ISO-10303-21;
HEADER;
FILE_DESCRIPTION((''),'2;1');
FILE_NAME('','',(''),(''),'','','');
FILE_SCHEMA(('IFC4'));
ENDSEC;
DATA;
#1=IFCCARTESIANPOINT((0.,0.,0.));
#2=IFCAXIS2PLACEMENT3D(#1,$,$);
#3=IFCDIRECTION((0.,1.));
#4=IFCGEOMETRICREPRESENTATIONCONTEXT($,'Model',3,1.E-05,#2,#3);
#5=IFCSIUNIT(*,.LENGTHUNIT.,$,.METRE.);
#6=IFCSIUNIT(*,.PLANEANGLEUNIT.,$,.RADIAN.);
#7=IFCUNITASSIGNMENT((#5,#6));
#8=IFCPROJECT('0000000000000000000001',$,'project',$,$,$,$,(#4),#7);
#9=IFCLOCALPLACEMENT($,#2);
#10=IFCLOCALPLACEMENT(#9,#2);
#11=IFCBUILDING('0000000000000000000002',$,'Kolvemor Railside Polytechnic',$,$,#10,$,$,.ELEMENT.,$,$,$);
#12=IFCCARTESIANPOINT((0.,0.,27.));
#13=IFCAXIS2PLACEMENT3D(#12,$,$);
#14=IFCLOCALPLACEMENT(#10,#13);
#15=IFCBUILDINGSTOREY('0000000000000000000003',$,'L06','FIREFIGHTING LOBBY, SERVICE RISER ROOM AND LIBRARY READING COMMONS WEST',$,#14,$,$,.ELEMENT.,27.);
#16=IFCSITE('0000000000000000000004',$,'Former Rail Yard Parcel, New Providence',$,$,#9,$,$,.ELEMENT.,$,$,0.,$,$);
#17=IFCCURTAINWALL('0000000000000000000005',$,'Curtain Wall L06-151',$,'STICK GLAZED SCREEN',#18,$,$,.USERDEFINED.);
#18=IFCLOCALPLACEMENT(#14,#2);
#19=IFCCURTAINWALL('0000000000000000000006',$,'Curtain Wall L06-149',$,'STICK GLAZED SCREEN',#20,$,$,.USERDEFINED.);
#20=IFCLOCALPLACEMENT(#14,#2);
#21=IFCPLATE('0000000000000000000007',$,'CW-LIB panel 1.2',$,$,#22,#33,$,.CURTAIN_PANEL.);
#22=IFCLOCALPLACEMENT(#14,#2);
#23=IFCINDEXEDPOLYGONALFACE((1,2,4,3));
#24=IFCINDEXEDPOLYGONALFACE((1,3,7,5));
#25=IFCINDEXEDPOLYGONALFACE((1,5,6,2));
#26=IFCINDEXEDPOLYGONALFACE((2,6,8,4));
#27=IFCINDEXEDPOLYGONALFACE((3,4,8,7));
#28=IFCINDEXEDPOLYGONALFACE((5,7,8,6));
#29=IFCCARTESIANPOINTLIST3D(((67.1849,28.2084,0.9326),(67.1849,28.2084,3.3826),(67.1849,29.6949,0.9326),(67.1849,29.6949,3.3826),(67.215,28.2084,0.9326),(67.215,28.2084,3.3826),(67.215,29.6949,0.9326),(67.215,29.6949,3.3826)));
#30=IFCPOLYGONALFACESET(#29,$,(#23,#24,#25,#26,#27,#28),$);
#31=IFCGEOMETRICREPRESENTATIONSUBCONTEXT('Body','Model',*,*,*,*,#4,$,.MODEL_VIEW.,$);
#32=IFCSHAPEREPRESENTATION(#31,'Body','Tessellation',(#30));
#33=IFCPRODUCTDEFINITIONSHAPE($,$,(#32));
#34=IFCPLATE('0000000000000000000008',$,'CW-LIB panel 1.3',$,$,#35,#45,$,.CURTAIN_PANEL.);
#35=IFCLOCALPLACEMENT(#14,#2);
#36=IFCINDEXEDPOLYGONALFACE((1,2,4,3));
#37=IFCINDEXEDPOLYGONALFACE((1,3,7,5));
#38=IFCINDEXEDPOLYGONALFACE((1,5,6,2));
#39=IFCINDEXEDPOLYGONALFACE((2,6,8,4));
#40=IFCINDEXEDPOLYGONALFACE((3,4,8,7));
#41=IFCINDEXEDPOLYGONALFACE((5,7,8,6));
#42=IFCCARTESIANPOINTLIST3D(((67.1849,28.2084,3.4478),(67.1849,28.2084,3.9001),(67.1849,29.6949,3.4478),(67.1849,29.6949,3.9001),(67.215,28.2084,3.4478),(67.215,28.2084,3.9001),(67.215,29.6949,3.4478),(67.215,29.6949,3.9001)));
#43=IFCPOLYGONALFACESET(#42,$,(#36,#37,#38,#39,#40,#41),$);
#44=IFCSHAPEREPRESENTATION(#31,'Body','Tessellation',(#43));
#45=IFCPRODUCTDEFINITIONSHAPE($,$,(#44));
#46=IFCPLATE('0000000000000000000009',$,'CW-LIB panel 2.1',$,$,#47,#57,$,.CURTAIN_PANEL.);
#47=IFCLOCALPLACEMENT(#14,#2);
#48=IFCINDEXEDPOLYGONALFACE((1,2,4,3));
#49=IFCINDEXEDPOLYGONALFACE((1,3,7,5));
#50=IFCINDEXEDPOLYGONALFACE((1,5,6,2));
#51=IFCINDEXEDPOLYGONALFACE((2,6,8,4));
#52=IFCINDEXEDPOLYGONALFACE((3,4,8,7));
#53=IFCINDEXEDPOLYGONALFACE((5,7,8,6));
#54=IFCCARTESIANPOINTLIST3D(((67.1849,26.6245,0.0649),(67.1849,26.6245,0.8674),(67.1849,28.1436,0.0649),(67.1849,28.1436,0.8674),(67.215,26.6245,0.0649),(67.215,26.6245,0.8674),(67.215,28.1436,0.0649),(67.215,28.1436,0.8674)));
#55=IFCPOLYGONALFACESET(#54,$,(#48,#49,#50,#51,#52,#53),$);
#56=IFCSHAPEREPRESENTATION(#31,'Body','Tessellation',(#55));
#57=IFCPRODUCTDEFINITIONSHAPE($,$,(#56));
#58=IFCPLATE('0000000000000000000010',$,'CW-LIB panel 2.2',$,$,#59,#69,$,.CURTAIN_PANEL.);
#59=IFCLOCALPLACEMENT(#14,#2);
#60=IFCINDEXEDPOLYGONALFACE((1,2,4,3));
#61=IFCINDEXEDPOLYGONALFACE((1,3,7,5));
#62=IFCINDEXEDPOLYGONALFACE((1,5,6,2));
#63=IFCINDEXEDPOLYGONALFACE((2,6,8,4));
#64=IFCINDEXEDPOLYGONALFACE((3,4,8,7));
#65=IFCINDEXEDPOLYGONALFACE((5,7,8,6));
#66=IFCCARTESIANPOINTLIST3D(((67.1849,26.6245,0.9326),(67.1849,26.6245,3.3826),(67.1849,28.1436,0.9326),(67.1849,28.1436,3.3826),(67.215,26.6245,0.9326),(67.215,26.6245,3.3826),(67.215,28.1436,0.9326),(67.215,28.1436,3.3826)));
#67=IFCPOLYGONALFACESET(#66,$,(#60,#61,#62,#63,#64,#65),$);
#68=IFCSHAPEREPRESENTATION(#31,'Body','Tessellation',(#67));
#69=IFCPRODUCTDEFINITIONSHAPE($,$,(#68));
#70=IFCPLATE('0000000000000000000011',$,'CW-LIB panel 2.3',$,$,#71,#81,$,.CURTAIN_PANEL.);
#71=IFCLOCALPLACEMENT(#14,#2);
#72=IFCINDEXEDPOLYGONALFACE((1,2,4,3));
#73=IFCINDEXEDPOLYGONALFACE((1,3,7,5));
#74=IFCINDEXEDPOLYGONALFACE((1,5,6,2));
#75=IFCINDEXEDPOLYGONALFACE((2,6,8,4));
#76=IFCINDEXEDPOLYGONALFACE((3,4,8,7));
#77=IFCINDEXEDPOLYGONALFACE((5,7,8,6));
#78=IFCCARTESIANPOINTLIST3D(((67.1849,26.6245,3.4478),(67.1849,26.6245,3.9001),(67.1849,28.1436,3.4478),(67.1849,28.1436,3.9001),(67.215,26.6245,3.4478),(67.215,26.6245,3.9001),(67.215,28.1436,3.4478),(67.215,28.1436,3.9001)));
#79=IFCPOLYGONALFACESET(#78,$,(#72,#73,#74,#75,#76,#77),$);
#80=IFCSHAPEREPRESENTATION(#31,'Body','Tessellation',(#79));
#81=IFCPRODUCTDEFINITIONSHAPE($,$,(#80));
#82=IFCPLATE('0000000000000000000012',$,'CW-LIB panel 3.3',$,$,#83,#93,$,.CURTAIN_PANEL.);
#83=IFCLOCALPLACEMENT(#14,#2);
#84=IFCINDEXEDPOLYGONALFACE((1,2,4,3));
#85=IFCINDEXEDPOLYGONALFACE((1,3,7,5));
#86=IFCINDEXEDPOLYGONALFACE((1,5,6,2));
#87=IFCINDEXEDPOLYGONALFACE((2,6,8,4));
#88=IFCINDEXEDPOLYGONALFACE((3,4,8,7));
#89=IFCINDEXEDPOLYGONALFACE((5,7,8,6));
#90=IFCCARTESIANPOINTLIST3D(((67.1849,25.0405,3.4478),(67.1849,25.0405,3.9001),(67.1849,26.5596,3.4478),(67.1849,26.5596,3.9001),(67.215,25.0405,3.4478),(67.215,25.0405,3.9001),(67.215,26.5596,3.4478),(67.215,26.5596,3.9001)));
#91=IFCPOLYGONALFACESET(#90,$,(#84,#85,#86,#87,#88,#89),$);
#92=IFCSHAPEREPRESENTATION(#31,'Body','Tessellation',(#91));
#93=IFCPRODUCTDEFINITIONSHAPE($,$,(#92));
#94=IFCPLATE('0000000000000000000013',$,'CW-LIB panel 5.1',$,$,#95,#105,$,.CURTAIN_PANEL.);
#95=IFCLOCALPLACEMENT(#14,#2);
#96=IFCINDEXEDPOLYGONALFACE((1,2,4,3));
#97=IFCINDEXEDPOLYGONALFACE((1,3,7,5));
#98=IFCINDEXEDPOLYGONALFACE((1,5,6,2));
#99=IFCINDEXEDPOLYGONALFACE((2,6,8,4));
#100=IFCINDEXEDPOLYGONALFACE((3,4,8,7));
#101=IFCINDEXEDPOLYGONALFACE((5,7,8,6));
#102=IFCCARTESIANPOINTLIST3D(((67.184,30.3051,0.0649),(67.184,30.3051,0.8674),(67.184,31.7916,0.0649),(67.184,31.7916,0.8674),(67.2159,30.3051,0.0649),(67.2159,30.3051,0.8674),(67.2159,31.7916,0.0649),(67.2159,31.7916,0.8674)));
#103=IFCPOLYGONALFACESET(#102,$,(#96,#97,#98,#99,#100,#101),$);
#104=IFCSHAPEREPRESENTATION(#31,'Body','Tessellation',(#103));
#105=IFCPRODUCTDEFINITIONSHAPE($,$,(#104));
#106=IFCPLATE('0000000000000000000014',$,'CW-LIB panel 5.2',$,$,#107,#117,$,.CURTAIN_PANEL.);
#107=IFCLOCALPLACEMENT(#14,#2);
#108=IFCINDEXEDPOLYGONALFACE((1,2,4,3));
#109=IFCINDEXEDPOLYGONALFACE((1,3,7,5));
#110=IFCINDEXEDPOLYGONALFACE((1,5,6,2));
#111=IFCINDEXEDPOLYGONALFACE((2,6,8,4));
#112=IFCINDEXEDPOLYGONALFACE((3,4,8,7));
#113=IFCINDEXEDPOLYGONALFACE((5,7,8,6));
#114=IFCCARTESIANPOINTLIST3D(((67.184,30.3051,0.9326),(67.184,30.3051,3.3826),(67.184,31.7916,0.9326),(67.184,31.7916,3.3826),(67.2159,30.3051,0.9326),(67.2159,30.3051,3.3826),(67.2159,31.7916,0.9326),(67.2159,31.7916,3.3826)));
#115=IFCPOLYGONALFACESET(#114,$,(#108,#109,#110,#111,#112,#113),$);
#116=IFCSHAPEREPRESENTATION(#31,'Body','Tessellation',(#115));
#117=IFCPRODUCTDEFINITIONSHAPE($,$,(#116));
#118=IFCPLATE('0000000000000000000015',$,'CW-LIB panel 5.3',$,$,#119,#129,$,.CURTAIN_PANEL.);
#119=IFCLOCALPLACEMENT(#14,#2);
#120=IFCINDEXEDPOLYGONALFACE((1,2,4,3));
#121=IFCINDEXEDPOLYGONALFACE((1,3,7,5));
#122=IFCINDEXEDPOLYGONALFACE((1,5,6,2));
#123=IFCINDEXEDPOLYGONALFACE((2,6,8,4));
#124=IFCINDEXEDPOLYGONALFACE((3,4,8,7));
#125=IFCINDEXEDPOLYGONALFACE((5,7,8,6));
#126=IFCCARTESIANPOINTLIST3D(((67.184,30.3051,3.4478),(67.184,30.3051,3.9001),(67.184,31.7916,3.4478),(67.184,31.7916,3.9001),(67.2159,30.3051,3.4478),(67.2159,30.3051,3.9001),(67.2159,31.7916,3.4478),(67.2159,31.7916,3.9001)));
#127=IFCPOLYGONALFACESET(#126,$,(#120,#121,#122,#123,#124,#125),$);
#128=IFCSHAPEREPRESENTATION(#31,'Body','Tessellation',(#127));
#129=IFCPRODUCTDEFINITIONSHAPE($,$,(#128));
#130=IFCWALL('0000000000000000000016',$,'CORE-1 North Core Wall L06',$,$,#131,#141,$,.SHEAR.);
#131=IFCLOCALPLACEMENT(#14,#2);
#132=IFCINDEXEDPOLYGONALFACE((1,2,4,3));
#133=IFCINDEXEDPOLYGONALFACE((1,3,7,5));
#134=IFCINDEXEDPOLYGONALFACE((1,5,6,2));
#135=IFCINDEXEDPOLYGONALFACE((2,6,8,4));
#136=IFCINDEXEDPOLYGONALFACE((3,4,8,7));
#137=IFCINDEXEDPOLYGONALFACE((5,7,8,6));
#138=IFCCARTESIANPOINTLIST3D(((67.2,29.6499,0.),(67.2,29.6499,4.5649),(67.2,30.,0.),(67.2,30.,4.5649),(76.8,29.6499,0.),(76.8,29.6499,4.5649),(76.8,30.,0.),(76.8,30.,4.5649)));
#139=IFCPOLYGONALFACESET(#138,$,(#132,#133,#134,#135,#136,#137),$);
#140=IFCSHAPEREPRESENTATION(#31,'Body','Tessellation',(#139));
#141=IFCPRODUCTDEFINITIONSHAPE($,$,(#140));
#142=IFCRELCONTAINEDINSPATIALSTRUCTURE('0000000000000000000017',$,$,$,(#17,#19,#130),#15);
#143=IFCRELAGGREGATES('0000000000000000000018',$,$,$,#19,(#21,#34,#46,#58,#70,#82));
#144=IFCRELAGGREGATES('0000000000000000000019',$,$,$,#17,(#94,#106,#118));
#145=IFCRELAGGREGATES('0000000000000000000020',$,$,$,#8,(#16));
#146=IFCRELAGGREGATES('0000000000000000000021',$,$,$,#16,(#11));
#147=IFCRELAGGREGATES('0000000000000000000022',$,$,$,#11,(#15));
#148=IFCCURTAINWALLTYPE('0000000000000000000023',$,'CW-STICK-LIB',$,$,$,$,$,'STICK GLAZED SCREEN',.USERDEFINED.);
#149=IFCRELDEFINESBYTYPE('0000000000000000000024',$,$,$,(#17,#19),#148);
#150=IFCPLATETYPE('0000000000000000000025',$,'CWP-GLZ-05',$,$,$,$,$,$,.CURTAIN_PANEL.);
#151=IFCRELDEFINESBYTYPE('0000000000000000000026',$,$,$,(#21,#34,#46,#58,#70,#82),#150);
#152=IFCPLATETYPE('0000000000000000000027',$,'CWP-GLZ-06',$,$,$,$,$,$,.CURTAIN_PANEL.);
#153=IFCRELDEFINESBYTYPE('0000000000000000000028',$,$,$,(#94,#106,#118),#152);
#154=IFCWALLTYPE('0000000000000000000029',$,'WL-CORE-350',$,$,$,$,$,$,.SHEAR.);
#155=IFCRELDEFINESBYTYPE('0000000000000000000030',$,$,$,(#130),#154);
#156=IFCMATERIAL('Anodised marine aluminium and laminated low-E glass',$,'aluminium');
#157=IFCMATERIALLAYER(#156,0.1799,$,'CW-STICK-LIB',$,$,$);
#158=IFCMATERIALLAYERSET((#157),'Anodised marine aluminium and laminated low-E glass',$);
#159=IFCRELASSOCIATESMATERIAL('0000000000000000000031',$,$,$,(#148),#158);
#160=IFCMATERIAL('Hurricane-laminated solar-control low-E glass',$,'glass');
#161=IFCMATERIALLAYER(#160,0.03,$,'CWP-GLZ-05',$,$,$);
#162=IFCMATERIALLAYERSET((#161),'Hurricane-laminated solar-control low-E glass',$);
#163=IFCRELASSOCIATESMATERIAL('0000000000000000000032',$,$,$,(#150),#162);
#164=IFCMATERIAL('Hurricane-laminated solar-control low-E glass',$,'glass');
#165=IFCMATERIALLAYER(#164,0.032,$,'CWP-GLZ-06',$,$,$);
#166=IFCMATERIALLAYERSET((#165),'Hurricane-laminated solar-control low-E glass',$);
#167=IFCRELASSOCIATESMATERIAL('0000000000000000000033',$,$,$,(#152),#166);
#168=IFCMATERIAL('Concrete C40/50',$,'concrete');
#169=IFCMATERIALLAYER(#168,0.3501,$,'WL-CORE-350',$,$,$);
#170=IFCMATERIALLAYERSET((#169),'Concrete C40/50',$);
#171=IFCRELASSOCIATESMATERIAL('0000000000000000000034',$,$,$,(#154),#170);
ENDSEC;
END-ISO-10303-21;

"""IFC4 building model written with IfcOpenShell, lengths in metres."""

from ifc_helpers import new_model, si_unit, direction, frame, frame_2d, origin, origin_2d, place, context, subcontext, project, spatial, rectangle, extrude, material, layer, layer_set, type_object, element, aggregate, save


model = new_model("IFC4")

# Units and contexts
model_context = context("Model", 3, precision=1e-05, world=origin(), true_north=direction((0.0, 1.0)))
body_context = subcontext(model_context, "Body", "Model", "MODEL_VIEW")
ifc_project = project(units=[si_unit("LENGTHUNIT", "METRE"), si_unit("PLANEANGLEUNIT", "RADIAN")], contexts=[model_context])

# Site, building, storey
site_placement = place(None, origin())
site = spatial("IfcSite", under=ifc_project, at=site_placement, Name="Former Rail Yard Parcel, New Providence", CompositionType="ELEMENT", RefElevation=0.0)
building_placement = place(site_placement, origin())
building = spatial("IfcBuilding", under=site, at=building_placement, Name="Kolvemor Railside Polytechnic", CompositionType="ELEMENT")
storey_placement = place(building_placement, frame((0.0, 0.0, 27.0)))
storey = spatial("IfcBuildingStorey", under=building, at=storey_placement, Name="L06", Description="FIREFIGHTING LOBBY, SERVICE RISER ROOM AND LIBRARY READING COMMONS WEST", CompositionType="ELEMENT", Elevation=27.0)

# Curtain wall
ifc_material_1 = material(Name="Anodised marine aluminium and laminated low-E glass", Category="aluminium")
ifc_layer_1 = layer(ifc_material_1, 0.1799, Name="CW-STICK-LIB")
ifc_layer_set_1 = layer_set([ifc_layer_1], Name="Anodised marine aluminium and laminated low-E glass")
curtain_wall_type = type_object("IfcCurtainWallType", Name="CW-STICK-LIB", ElementType="STICK GLAZED SCREEN", PredefinedType="USERDEFINED", material=ifc_layer_set_1)
curtain_wall_1_placement = place(storey_placement, origin())
curtain_wall_1 = element("IfcCurtainWall", 1, at=curtain_wall_1_placement, inside=storey, type_object=curtain_wall_type, Name="Curtain Wall L06-151", ObjectType="STICK GLAZED SCREEN", PredefinedType="USERDEFINED")

# Curtain wall
curtain_wall_2_placement = place(storey_placement, origin())
curtain_wall_2 = element("IfcCurtainWall", 2, at=curtain_wall_2_placement, inside=storey, type_object=curtain_wall_type, Name="Curtain Wall L06-149", ObjectType="STICK GLAZED SCREEN", PredefinedType="USERDEFINED")

# Plates
ifc_material_2 = material(Name="Hurricane-laminated solar-control low-E glass", Category="glass")
ifc_layer_2 = layer(ifc_material_2, 0.03, Name="CWP-GLZ-05")
ifc_layer_set_2 = layer_set([ifc_layer_2], Name="Hurricane-laminated solar-control low-E glass")
plate_type_1 = type_object("IfcPlateType", Name="CWP-GLZ-05", PredefinedType="CURTAIN_PANEL", material=ifc_layer_set_2)
plate_1_placement = place(storey_placement, frame((67.2, 28.9517, 0.9326), z_axis=(0.0, 0.0, 1.0), x_axis=(0.0, -1.0, 0.0)))
plate_1 = element("IfcPlate", 3, at=plate_1_placement, type_object=plate_type_1, Name="CW-LIB panel 1.2", PredefinedType="CURTAIN_PANEL", context=body_context, shape_type="SweptSolid", body=[
    extrude(rectangle(XDim=1.4866, YDim=0.03, at=origin_2d()), origin(), (0.0, 0.0, 1.0), 2.45),
])
plate_2_placement = place(storey_placement, frame((67.2, 28.9517, 3.4478), z_axis=(0.0, 0.0, 1.0), x_axis=(0.0, -1.0, 0.0)))
plate_2 = element("IfcPlate", 4, at=plate_2_placement, type_object=plate_type_1, Name="CW-LIB panel 1.3", PredefinedType="CURTAIN_PANEL", context=body_context, shape_type="SweptSolid", body=[
    extrude(rectangle(XDim=1.4866, YDim=0.03, at=origin_2d()), origin(), (0.0, 0.0, 1.0), 0.4524),
])
plate_3_placement = place(storey_placement, frame((67.2, 27.384, 0.0649), z_axis=(0.0, 0.0, 1.0), x_axis=(0.0, -1.0, 0.0)))
plate_3 = element("IfcPlate", 5, at=plate_3_placement, type_object=plate_type_1, Name="CW-LIB panel 2.1", PredefinedType="CURTAIN_PANEL", context=body_context, shape_type="SweptSolid", body=[
    extrude(rectangle(XDim=1.519, YDim=0.03, at=origin_2d()), origin(), (0.0, 0.0, 1.0), 0.8025),
])
plate_4_placement = place(storey_placement, frame((67.2, 27.384, 0.9326), z_axis=(0.0, 0.0, 1.0), x_axis=(0.0, -1.0, 0.0)))
plate_4 = element("IfcPlate", 6, at=plate_4_placement, type_object=plate_type_1, Name="CW-LIB panel 2.2", PredefinedType="CURTAIN_PANEL", context=body_context, shape_type="SweptSolid", body=[
    extrude(rectangle(XDim=1.519, YDim=0.03, at=origin_2d()), origin(), (0.0, 0.0, 1.0), 2.45),
])
plate_5_placement = place(storey_placement, frame((67.2, 27.384, 3.4478), z_axis=(0.0, 0.0, 1.0), x_axis=(0.0, -1.0, 0.0)))
plate_5 = element("IfcPlate", 7, at=plate_5_placement, type_object=plate_type_1, Name="CW-LIB panel 2.3", PredefinedType="CURTAIN_PANEL", context=body_context, shape_type="SweptSolid", body=[
    extrude(rectangle(XDim=1.519, YDim=0.03, at=origin_2d()), origin(), (0.0, 0.0, 1.0), 0.4524),
])
plate_6_placement = place(storey_placement, frame((67.2, 25.8, 3.4478), z_axis=(0.0, 0.0, 1.0), x_axis=(0.0, -1.0, 0.0)))
plate_6 = element("IfcPlate", 8, at=plate_6_placement, type_object=plate_type_1, Name="CW-LIB panel 3.3", PredefinedType="CURTAIN_PANEL", context=body_context, shape_type="SweptSolid", body=[
    extrude(rectangle(XDim=1.519, YDim=0.03, at=origin_2d()), origin(), (0.0, 0.0, 1.0), 0.4524),
])
aggregate(curtain_wall_2, [plate_1, plate_2, plate_3, plate_4, plate_5, plate_6])
ifc_material_3 = material(Name="Hurricane-laminated solar-control low-E glass", Category="glass")
ifc_layer_3 = layer(ifc_material_3, 0.032, Name="CWP-GLZ-06")
ifc_layer_set_3 = layer_set([ifc_layer_3], Name="Hurricane-laminated solar-control low-E glass")
plate_type_2 = type_object("IfcPlateType", Name="CWP-GLZ-06", PredefinedType="CURTAIN_PANEL", material=ifc_layer_set_3)
plate_7_placement = place(storey_placement, frame((67.2, 31.0483, 0.0649), z_axis=(0.0, 0.0, 1.0), x_axis=(0.0, -1.0, 0.0)))
plate_7 = element("IfcPlate", 9, at=plate_7_placement, type_object=plate_type_2, Name="CW-LIB panel 5.1", PredefinedType="CURTAIN_PANEL", context=body_context, shape_type="SweptSolid", body=[
    extrude(rectangle(XDim=1.4866, YDim=0.032, at=origin_2d()), origin(), (0.0, 0.0, 1.0), 0.8025),
])
plate_8_placement = place(storey_placement, frame((67.2, 31.0483, 0.9326), z_axis=(0.0, 0.0, 1.0), x_axis=(0.0, -1.0, 0.0)))
plate_8 = element("IfcPlate", 10, at=plate_8_placement, type_object=plate_type_2, Name="CW-LIB panel 5.2", PredefinedType="CURTAIN_PANEL", context=body_context, shape_type="SweptSolid", body=[
    extrude(rectangle(XDim=1.4866, YDim=0.032, at=origin_2d()), origin(), (0.0, 0.0, 1.0), 2.45),
])
plate_9_placement = place(storey_placement, frame((67.2, 31.0483, 3.4478), z_axis=(0.0, 0.0, 1.0), x_axis=(0.0, -1.0, 0.0)))
plate_9 = element("IfcPlate", 11, at=plate_9_placement, type_object=plate_type_2, Name="CW-LIB panel 5.3", PredefinedType="CURTAIN_PANEL", context=body_context, shape_type="SweptSolid", body=[
    extrude(rectangle(XDim=1.4866, YDim=0.032, at=origin_2d()), origin(), (0.0, 0.0, 1.0), 0.4524),
])
aggregate(curtain_wall_1, [plate_7, plate_8, plate_9])

# Wall
ifc_material_4 = material(Name="Concrete C40/50", Category="concrete")
ifc_layer_4 = layer(ifc_material_4, 0.3501, Name="WL-CORE-350")
ifc_layer_set_4 = layer_set([ifc_layer_4], Name="Concrete C40/50")
wall_type = type_object("IfcWallType", Name="WL-CORE-350", PredefinedType="SHEAR", material=ifc_layer_set_4)
wall_placement = place(storey_placement, frame((67.2, 29.825, 0.0), z_axis=(0.0, 0.0, 1.0), x_axis=(1.0, 0.0, 0.0)))
element("IfcWall", 12, at=wall_placement, inside=storey, type_object=wall_type, Name="CORE-1 North Core Wall L06", PredefinedType="SHEAR", context=body_context, shape_type="SweptSolid", body=[
    extrude(rectangle(XDim=9.6001, YDim=0.3501, at=frame_2d((4.8, 0.0))), origin(), (0.0, 0.0, 1.0), 4.5649),
])

save(model, "model.ifc")
